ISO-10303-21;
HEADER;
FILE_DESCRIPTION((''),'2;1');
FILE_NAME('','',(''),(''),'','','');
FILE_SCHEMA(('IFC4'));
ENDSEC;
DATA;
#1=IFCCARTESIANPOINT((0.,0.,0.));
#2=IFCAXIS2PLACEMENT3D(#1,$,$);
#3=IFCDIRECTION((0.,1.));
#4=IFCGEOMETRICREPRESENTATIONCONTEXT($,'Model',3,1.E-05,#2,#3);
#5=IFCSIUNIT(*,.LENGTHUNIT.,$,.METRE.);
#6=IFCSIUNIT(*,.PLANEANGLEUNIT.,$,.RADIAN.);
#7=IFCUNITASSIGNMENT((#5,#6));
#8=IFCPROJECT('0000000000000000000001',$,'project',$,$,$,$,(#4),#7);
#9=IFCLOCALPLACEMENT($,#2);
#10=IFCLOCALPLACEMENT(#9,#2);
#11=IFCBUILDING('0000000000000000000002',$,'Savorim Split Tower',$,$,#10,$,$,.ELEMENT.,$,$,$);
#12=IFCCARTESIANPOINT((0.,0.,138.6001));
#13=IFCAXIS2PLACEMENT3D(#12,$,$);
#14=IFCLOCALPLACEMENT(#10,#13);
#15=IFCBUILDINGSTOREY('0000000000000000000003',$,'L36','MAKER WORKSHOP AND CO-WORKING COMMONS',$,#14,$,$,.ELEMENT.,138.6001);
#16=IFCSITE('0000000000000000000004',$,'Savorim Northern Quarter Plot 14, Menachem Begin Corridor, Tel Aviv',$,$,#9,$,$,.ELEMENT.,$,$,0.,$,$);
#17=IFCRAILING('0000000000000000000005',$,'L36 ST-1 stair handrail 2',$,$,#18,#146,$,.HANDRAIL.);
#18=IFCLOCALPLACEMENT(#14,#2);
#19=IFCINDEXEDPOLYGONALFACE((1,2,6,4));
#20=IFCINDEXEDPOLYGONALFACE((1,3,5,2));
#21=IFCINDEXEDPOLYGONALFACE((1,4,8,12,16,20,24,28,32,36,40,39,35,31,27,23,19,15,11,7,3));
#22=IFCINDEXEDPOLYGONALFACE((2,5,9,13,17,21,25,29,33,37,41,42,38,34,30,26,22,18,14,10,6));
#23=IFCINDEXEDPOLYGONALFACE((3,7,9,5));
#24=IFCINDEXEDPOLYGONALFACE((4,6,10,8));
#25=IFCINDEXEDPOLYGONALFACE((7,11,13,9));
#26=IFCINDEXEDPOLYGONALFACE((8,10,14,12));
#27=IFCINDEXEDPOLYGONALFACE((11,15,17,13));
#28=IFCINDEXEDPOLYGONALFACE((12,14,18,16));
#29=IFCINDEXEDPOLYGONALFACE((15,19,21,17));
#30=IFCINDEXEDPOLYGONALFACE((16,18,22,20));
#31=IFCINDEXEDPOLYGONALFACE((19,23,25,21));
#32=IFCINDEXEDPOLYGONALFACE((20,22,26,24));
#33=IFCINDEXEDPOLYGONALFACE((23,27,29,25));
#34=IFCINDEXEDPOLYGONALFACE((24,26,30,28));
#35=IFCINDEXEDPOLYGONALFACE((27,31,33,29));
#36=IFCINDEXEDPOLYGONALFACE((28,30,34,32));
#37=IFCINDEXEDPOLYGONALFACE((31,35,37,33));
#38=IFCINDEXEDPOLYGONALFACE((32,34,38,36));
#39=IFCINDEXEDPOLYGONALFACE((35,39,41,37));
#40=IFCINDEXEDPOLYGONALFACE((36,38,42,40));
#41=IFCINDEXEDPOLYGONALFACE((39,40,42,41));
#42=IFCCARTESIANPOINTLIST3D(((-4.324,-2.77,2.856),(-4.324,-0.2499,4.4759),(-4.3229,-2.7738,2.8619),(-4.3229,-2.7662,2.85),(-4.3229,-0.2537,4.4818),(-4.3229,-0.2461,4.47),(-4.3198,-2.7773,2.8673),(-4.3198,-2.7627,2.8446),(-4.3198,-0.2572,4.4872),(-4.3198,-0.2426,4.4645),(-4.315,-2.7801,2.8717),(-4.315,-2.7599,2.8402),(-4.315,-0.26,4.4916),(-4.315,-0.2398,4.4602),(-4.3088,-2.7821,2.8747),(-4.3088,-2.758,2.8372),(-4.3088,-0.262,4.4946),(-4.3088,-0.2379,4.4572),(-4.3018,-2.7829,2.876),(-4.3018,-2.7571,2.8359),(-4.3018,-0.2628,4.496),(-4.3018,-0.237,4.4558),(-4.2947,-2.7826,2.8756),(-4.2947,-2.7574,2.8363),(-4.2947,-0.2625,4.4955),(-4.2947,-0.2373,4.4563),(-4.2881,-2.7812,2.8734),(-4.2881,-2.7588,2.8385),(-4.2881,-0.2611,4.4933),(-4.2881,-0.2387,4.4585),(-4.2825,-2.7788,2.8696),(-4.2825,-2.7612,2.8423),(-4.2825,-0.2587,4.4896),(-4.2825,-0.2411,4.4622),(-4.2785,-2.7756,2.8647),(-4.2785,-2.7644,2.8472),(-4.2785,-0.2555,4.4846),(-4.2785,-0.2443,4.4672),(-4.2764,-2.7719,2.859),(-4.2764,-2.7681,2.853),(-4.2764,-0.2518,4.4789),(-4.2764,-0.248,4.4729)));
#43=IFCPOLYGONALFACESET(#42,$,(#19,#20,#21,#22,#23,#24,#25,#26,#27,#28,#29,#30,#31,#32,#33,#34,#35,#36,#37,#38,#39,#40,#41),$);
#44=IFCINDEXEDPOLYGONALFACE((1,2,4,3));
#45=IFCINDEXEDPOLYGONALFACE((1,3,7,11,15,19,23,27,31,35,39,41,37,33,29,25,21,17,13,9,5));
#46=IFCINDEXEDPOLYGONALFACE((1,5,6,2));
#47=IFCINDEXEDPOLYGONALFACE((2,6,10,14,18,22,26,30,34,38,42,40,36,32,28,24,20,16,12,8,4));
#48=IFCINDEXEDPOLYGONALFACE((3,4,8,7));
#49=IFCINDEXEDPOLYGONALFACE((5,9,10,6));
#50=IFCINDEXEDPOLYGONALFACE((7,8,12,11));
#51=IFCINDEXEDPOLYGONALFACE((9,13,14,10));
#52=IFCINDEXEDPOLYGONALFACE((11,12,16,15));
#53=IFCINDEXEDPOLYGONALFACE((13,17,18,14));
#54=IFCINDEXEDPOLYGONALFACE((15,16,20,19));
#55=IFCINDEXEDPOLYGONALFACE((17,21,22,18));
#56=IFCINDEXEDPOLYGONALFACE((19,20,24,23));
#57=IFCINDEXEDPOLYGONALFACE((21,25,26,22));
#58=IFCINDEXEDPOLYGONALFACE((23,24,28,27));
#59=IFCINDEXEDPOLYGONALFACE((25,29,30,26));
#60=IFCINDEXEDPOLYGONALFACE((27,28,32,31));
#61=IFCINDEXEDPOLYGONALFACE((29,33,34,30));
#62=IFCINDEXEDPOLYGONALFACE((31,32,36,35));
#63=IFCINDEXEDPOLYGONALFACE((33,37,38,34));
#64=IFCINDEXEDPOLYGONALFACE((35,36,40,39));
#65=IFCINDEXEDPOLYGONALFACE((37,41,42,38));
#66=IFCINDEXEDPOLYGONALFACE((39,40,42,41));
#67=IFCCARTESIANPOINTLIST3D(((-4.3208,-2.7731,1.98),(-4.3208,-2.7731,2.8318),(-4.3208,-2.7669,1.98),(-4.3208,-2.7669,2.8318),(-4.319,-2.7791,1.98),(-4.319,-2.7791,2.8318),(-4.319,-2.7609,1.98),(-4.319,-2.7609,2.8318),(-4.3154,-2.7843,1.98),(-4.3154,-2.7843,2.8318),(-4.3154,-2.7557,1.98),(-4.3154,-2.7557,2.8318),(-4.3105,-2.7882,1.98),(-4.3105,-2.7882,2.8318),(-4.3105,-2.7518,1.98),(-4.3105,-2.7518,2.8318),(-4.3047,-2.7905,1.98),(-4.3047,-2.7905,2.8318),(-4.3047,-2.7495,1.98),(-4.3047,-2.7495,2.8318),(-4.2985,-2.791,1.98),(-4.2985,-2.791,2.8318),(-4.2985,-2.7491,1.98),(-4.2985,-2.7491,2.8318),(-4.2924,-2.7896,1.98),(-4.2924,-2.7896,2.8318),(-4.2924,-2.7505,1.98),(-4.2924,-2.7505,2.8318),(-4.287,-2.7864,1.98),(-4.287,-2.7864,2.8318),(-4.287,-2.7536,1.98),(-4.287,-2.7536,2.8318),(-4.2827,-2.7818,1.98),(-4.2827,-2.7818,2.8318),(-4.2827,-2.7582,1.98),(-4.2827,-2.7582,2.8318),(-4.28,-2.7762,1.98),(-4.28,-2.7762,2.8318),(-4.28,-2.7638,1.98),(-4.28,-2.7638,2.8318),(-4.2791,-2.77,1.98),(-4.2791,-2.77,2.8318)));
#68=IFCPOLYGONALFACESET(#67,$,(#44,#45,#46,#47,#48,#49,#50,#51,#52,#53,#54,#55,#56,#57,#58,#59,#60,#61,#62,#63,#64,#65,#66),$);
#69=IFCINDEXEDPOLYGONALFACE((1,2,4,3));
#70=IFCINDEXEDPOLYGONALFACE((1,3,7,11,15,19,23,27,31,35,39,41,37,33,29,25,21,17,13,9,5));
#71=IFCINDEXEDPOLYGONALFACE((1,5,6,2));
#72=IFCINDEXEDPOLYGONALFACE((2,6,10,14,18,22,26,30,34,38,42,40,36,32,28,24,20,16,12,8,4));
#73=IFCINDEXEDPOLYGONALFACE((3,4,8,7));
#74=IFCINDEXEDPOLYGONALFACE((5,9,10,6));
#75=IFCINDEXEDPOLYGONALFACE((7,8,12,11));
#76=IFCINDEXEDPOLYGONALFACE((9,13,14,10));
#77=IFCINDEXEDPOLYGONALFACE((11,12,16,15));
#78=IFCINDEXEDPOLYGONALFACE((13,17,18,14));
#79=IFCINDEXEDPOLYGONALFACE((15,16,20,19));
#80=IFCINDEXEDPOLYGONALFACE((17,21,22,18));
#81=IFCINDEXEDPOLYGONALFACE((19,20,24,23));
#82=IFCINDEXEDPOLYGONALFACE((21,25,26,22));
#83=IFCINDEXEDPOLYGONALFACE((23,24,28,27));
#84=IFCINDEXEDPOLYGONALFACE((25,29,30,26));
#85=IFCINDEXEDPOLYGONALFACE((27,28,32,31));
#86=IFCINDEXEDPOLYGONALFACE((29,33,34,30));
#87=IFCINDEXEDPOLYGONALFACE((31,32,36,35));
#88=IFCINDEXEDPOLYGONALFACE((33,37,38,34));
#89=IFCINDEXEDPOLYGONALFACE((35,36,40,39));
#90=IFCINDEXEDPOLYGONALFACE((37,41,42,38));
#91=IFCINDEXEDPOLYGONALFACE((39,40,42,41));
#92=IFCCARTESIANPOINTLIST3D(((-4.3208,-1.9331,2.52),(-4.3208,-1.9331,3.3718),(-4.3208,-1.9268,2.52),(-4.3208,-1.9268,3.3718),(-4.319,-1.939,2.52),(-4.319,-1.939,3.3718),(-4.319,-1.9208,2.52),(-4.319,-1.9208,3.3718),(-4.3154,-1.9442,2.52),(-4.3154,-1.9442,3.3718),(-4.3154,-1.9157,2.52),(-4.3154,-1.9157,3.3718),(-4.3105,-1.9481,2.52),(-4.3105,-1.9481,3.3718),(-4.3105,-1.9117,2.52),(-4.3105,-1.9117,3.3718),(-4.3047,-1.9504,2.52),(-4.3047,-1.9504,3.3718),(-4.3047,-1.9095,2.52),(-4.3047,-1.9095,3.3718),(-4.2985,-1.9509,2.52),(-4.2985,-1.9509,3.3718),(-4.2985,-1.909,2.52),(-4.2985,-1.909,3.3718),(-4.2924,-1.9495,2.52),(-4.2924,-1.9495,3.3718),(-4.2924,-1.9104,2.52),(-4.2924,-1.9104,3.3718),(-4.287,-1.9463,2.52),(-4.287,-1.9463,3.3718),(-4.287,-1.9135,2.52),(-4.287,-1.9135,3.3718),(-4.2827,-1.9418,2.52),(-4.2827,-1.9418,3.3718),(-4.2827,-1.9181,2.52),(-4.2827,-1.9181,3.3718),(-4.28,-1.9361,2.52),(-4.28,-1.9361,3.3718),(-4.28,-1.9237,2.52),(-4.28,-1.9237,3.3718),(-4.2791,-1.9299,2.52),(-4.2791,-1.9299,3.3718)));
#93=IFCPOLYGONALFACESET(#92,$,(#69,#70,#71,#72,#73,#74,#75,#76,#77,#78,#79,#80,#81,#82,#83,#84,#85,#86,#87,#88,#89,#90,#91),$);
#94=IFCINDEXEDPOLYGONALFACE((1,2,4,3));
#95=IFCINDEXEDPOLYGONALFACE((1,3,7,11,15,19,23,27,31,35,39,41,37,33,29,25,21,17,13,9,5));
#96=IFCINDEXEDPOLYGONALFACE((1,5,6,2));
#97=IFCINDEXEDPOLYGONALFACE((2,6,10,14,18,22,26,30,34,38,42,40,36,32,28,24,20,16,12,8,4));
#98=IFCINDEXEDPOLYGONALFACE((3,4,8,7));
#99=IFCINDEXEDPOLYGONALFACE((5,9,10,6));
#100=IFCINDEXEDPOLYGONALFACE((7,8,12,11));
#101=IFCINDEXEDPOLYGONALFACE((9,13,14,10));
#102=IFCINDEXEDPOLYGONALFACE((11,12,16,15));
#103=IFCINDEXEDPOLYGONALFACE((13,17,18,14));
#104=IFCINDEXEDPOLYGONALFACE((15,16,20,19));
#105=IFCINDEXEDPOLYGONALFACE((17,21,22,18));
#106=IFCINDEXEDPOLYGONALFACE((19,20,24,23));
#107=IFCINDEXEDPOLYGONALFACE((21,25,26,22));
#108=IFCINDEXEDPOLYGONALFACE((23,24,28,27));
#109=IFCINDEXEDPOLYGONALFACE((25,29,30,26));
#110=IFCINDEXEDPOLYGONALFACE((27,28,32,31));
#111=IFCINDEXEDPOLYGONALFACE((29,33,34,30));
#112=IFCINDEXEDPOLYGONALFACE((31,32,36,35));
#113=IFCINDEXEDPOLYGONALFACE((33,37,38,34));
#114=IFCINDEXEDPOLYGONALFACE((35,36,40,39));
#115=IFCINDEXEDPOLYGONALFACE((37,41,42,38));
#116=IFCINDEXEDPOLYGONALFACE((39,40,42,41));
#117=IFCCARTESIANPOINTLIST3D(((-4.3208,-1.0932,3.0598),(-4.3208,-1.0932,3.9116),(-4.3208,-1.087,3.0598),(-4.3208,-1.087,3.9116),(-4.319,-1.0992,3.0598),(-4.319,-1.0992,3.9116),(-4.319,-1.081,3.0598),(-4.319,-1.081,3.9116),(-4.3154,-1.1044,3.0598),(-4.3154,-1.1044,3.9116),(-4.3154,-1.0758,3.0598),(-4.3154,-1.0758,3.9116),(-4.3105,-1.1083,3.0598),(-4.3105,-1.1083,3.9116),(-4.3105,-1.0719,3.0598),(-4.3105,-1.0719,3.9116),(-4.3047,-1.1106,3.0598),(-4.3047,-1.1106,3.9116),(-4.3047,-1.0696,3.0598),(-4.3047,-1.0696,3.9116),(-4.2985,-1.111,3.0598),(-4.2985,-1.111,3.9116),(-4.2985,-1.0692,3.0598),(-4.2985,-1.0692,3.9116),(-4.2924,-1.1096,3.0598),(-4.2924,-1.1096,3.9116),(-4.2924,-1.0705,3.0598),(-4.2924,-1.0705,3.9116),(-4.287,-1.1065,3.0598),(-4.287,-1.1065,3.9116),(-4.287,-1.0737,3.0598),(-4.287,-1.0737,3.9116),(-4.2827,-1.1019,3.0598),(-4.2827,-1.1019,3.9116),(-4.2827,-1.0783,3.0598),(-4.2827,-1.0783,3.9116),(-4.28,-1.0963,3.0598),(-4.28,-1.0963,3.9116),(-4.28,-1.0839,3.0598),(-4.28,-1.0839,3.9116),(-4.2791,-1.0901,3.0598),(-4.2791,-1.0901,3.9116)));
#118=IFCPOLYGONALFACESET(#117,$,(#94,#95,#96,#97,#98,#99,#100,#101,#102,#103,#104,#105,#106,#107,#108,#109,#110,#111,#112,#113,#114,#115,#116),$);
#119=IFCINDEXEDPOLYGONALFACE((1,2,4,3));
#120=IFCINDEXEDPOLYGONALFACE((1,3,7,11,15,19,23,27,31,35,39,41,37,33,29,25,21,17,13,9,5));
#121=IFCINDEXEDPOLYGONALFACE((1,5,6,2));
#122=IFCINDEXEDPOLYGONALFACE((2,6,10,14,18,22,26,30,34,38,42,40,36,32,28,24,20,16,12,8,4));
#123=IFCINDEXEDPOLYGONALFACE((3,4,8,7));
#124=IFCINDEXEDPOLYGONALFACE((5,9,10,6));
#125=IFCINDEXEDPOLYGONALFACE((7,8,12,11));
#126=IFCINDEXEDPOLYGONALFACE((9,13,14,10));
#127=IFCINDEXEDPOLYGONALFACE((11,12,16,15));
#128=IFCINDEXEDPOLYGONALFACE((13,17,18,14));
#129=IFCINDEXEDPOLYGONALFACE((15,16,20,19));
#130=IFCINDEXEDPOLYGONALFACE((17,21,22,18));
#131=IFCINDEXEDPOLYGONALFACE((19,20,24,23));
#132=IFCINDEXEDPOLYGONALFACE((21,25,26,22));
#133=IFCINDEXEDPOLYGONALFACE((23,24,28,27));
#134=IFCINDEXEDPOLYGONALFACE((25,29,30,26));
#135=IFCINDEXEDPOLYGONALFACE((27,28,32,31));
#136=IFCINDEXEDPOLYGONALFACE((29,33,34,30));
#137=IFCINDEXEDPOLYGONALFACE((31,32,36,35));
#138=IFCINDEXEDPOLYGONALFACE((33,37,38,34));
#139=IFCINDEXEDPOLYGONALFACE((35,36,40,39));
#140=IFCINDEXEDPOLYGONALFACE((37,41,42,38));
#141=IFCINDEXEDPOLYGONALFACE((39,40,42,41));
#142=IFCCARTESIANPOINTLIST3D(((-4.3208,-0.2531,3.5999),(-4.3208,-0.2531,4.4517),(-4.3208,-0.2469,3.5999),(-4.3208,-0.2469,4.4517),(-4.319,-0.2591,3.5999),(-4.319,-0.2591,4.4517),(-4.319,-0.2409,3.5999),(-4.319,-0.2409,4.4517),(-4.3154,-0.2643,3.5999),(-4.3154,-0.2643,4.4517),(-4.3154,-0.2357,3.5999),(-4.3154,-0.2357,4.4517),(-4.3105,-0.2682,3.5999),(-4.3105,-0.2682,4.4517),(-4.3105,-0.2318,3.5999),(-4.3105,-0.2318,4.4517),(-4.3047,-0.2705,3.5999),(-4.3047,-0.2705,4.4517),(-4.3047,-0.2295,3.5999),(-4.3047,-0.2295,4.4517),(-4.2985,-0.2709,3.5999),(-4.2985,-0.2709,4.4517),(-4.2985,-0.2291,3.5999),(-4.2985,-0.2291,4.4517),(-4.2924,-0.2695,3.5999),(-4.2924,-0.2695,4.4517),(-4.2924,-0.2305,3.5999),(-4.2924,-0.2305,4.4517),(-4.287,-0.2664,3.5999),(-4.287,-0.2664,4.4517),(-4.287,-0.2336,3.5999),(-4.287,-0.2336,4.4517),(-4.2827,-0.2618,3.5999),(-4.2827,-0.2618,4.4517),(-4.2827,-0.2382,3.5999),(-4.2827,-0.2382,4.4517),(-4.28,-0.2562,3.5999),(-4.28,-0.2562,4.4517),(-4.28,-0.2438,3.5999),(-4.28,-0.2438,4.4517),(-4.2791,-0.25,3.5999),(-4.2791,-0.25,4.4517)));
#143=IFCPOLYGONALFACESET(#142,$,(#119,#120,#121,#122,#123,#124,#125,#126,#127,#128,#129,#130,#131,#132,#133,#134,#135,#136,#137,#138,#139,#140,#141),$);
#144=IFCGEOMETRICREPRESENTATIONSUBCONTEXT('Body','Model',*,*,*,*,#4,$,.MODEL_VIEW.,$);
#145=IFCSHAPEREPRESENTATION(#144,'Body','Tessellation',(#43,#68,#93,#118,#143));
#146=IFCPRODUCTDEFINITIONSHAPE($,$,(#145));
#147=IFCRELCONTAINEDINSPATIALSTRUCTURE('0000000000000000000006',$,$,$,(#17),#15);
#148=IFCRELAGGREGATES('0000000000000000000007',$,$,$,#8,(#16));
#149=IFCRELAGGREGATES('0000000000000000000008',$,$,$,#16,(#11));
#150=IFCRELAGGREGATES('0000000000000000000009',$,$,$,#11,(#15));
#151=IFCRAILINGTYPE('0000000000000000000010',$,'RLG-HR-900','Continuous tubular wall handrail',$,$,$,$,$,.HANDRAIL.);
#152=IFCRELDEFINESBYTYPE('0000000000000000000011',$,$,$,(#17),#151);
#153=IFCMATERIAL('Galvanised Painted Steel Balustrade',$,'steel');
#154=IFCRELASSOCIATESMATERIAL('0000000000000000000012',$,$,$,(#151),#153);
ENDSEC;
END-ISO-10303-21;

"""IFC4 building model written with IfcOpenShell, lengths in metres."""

from ifc_helpers import new_model, si_unit, direction, frame, origin, origin_2d, place, context, subcontext, project, spatial, circle, extrude, material, type_object, element, save


model = new_model("IFC4")

# Units and contexts
model_context = context("Model", 3, precision=1e-05, world=origin(), true_north=direction((0.0, 1.0)))
body_context = subcontext(model_context, "Body", "Model", "MODEL_VIEW")
ifc_project = project(units=[si_unit("LENGTHUNIT", "METRE"), si_unit("PLANEANGLEUNIT", "RADIAN")], contexts=[model_context])

# Site, building, storey
site_placement = place(None, origin())
site = spatial("IfcSite", under=ifc_project, at=site_placement, Name="Savorim Northern Quarter Plot 14, Menachem Begin Corridor, Tel Aviv", CompositionType="ELEMENT", RefElevation=0.0)
building_placement = place(site_placement, origin())
building = spatial("IfcBuilding", under=site, at=building_placement, Name="Savorim Split Tower", CompositionType="ELEMENT")
storey_placement = place(building_placement, frame((0.0, 0.0, 138.6001)))
storey = spatial("IfcBuildingStorey", under=building, at=storey_placement, Name="L36", Description="MAKER WORKSHOP AND CO-WORKING COMMONS", CompositionType="ELEMENT", Elevation=138.6001)

# Railing
ifc_material_1 = material(Name="Galvanised Painted Steel Balustrade", Category="steel")
railing_type_1 = type_object("IfcRailingType", Name="RLG-HR-900", Description="Continuous tubular wall handrail", PredefinedType="HANDRAIL", material=ifc_material_1)
railing_1_placement = place(storey_placement, frame((-4.3, -2.77, 1.98)))
element("IfcRailing", 1, at=railing_1_placement, inside=storey, type_object=railing_type_1, Name="L36 ST-1 stair handrail 2", PredefinedType="HANDRAIL", context=body_context, shape_type="SweptSolid", body=[
    extrude(circle(Radius=0.0239, at=origin_2d()), frame((0.0, 0.0, 0.876), z_axis=(0.0, 0.8412, 0.540725), x_axis=(-1.0, 0.0, 0.0)), (0.0, 0.0, 1.0), 2.9958),
    extrude(circle(Radius=0.021, at=origin_2d()), origin(), (0.0, 0.0, 1.0), 0.8518),
    extrude(circle(Radius=0.021, at=origin_2d()), frame((0.0, 0.8401, 0.54)), (0.0, 0.0, 1.0), 0.8518),
    extrude(circle(Radius=0.021, at=origin_2d()), frame((0.0, 1.6799, 1.0798)), (0.0, 0.0, 1.0), 0.8518),
    extrude(circle(Radius=0.021, at=origin_2d()), frame((0.0, 2.52, 1.6199)), (0.0, 0.0, 1.0), 0.8518),
])

save(model, "model.ifc")
